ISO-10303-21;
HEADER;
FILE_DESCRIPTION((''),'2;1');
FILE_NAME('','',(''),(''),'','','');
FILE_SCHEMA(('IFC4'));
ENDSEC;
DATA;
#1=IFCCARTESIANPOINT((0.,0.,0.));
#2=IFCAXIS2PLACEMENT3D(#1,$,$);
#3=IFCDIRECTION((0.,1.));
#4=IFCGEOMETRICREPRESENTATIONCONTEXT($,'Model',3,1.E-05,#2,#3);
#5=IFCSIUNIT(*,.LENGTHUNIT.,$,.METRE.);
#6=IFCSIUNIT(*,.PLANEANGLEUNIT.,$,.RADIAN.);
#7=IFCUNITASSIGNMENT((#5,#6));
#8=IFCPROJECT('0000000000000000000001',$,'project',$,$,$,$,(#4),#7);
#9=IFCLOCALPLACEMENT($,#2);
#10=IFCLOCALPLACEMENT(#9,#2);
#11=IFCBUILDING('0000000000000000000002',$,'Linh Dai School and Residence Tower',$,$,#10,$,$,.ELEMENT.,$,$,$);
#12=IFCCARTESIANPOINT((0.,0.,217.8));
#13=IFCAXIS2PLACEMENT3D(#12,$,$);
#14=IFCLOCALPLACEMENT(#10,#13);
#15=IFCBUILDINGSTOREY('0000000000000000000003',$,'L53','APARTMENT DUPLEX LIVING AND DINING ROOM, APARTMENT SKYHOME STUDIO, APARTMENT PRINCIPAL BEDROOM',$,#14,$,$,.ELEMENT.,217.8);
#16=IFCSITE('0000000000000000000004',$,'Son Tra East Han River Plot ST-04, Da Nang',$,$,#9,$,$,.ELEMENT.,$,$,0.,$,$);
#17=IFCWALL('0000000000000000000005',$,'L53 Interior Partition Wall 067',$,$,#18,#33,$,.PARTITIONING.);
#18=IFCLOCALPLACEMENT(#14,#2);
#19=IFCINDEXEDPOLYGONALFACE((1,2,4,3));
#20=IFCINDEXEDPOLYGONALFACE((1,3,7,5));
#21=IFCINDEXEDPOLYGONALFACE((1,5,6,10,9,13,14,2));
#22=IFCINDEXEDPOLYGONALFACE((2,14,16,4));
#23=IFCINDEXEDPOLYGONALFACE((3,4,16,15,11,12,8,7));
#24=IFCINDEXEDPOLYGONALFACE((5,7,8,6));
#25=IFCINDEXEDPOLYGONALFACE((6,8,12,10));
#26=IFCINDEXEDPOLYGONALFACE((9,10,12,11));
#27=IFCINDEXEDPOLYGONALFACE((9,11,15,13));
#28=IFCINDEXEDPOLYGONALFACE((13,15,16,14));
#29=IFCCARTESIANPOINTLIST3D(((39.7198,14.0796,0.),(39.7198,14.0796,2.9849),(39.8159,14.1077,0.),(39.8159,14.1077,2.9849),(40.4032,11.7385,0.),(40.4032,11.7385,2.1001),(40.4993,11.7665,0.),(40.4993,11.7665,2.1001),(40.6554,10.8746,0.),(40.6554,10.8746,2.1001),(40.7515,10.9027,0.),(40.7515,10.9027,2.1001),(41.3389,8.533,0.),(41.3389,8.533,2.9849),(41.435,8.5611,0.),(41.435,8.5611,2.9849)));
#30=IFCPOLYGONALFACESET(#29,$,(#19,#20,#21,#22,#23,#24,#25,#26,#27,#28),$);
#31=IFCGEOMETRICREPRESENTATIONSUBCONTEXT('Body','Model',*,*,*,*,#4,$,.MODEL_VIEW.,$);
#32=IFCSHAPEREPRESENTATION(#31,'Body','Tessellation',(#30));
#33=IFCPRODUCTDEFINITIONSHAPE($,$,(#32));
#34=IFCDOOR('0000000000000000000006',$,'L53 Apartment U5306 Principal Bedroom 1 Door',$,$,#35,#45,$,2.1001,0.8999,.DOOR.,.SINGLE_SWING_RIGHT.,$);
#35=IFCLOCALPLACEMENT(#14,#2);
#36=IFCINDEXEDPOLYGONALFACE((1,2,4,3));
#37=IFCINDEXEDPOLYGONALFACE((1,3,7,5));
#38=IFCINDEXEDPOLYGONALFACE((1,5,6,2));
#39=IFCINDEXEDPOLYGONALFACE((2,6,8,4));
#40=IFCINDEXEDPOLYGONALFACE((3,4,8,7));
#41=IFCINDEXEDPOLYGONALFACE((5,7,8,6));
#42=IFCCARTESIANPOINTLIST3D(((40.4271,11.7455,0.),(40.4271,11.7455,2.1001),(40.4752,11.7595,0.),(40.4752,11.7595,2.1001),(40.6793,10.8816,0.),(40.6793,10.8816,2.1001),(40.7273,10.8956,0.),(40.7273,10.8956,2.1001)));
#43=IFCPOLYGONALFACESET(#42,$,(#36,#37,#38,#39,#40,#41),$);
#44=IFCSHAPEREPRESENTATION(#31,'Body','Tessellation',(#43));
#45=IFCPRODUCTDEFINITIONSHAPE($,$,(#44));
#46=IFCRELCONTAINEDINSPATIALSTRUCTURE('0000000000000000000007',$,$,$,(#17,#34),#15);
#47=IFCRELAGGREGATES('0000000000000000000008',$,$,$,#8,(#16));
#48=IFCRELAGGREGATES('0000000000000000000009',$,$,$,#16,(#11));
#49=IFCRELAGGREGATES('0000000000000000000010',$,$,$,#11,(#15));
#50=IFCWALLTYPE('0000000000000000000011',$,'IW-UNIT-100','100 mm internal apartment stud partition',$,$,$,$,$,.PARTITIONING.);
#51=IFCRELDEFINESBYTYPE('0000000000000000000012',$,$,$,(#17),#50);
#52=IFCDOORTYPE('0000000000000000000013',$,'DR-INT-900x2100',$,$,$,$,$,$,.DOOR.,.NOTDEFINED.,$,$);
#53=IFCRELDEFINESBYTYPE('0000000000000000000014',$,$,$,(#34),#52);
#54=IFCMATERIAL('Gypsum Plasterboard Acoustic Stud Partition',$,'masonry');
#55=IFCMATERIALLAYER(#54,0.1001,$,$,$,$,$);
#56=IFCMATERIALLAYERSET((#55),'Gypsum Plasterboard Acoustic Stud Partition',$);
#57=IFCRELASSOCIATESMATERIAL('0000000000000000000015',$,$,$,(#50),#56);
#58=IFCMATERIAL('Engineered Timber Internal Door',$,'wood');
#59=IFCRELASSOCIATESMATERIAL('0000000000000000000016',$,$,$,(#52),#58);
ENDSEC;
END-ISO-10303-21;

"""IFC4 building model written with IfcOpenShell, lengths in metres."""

from ifc_helpers import new_model, si_unit, direction, frame, frame_2d, origin, origin_2d, place, context, subcontext, project, spatial, rectangle, extrude, source, transform, mapped, material, layer, layer_set, type_object, element, fill, save


model = new_model("IFC4")

# Units and contexts
model_context = context("Model", 3, precision=1e-05, world=origin(), true_north=direction((0.0, 1.0)))
body_context = subcontext(model_context, "Body", "Model", "MODEL_VIEW")
ifc_project = project(units=[si_unit("LENGTHUNIT", "METRE"), si_unit("PLANEANGLEUNIT", "RADIAN")], contexts=[model_context])

# Site, building, storey
site_placement = place(None, origin())
site = spatial("IfcSite", under=ifc_project, at=site_placement, Name="Son Tra East Han River Plot ST-04, Da Nang", CompositionType="ELEMENT", RefElevation=0.0)
building_placement = place(site_placement, origin())
building = spatial("IfcBuilding", under=site, at=building_placement, Name="Linh Dai School and Residence Tower", CompositionType="ELEMENT")
storey_placement = place(building_placement, frame((0.0, 0.0, 217.8)))
storey = spatial("IfcBuildingStorey", under=building, at=storey_placement, Name="L53", Description="APARTMENT DUPLEX LIVING AND DINING ROOM, APARTMENT SKYHOME STUDIO, APARTMENT PRINCIPAL BEDROOM", CompositionType="ELEMENT", Elevation=217.8)

# Shared definitions
ifc_material_1 = material(Name="Gypsum Plasterboard Acoustic Stud Partition", Category="masonry")
ifc_layer_1 = layer(ifc_material_1, 0.1001)
ifc_layer_set_1 = layer_set([ifc_layer_1], Name="Gypsum Plasterboard Acoustic Stud Partition")
wall_type_1 = type_object("IfcWallType", Name="IW-UNIT-100", Description="100 mm internal apartment stud partition", PredefinedType="PARTITIONING", material=ifc_layer_set_1)

# Wall, opening, door
ifc_material_2 = material(Name="Engineered Timber Internal Door", Category="wood")
door_type = type_object("IfcDoorType", Name="DR-INT-900x2100", OperationType="NOTDEFINED", PredefinedType="DOOR", material=ifc_material_2)
shared_shape_1 = source(origin(), body_context, "Body", "SweptSolid", [
    extrude(rectangle(XDim=0.8999, YDim=2.1001, at=origin_2d()), frame((0.45, 0.0249, 1.05), z_axis=(0.0, -1.0, 0.0), x_axis=(1.0, 0.0, 0.0)), (0.0, 0.0, 1.0), 0.05),
])
wall_1_placement = place(storey_placement, frame((39.7678, 14.0938, 0.0), z_axis=(0.0, 0.0, 1.0), x_axis=(0.280219, -0.959936, 0.0)))
wall_1 = element("IfcWall", 1, at=wall_1_placement, inside=storey, type_object=wall_type_1, Name="L53 Interior Partition Wall 067", PredefinedType="PARTITIONING", context=body_context, shape_type="SweptSolid", body=[
    extrude(rectangle(XDim=5.7781, YDim=0.1001, at=frame_2d((2.8892, 0.0))), origin(), (0.0, 0.0, 1.0), 2.9849),
])
opening_1_placement = place(wall_1_placement, frame((2.439, 0.0, 0.0)))
opening_1 = element("IfcOpeningElement", 2, at=opening_1_placement, cuts=wall_1, PredefinedType="OPENING", context=body_context, shape_type="SweptSolid", body=[
    extrude(rectangle(XDim=0.8999, YDim=2.1001, at=origin_2d()), frame((0.45, 0.0601, 1.05), z_axis=(0.0, -1.0, 0.0), x_axis=(1.0, 0.0, 0.0)), (0.0, 0.0, 1.0), 0.1201),
])
door_1_placement = place(opening_1_placement, origin())
door_1 = element("IfcDoor", 3, at=door_1_placement, inside=storey, type_object=door_type, Name="L53 Apartment U5306 Principal Bedroom 1 Door", OperationType="SINGLE_SWING_RIGHT", OverallHeight=2.1001, OverallWidth=0.8999, PredefinedType="DOOR", context=body_context, shape_type="MappedRepresentation", body=[
    mapped(shared_shape_1, transform((0.0, 0.0, 0.0), x_axis=(1.0, 0.0, 0.0), y_axis=(0.0, 1.0, 0.0), z_axis=(0.0, 0.0, 1.0), scale=1.0)),
])
fill(opening_1, door_1)

save(model, "model.ifc")
